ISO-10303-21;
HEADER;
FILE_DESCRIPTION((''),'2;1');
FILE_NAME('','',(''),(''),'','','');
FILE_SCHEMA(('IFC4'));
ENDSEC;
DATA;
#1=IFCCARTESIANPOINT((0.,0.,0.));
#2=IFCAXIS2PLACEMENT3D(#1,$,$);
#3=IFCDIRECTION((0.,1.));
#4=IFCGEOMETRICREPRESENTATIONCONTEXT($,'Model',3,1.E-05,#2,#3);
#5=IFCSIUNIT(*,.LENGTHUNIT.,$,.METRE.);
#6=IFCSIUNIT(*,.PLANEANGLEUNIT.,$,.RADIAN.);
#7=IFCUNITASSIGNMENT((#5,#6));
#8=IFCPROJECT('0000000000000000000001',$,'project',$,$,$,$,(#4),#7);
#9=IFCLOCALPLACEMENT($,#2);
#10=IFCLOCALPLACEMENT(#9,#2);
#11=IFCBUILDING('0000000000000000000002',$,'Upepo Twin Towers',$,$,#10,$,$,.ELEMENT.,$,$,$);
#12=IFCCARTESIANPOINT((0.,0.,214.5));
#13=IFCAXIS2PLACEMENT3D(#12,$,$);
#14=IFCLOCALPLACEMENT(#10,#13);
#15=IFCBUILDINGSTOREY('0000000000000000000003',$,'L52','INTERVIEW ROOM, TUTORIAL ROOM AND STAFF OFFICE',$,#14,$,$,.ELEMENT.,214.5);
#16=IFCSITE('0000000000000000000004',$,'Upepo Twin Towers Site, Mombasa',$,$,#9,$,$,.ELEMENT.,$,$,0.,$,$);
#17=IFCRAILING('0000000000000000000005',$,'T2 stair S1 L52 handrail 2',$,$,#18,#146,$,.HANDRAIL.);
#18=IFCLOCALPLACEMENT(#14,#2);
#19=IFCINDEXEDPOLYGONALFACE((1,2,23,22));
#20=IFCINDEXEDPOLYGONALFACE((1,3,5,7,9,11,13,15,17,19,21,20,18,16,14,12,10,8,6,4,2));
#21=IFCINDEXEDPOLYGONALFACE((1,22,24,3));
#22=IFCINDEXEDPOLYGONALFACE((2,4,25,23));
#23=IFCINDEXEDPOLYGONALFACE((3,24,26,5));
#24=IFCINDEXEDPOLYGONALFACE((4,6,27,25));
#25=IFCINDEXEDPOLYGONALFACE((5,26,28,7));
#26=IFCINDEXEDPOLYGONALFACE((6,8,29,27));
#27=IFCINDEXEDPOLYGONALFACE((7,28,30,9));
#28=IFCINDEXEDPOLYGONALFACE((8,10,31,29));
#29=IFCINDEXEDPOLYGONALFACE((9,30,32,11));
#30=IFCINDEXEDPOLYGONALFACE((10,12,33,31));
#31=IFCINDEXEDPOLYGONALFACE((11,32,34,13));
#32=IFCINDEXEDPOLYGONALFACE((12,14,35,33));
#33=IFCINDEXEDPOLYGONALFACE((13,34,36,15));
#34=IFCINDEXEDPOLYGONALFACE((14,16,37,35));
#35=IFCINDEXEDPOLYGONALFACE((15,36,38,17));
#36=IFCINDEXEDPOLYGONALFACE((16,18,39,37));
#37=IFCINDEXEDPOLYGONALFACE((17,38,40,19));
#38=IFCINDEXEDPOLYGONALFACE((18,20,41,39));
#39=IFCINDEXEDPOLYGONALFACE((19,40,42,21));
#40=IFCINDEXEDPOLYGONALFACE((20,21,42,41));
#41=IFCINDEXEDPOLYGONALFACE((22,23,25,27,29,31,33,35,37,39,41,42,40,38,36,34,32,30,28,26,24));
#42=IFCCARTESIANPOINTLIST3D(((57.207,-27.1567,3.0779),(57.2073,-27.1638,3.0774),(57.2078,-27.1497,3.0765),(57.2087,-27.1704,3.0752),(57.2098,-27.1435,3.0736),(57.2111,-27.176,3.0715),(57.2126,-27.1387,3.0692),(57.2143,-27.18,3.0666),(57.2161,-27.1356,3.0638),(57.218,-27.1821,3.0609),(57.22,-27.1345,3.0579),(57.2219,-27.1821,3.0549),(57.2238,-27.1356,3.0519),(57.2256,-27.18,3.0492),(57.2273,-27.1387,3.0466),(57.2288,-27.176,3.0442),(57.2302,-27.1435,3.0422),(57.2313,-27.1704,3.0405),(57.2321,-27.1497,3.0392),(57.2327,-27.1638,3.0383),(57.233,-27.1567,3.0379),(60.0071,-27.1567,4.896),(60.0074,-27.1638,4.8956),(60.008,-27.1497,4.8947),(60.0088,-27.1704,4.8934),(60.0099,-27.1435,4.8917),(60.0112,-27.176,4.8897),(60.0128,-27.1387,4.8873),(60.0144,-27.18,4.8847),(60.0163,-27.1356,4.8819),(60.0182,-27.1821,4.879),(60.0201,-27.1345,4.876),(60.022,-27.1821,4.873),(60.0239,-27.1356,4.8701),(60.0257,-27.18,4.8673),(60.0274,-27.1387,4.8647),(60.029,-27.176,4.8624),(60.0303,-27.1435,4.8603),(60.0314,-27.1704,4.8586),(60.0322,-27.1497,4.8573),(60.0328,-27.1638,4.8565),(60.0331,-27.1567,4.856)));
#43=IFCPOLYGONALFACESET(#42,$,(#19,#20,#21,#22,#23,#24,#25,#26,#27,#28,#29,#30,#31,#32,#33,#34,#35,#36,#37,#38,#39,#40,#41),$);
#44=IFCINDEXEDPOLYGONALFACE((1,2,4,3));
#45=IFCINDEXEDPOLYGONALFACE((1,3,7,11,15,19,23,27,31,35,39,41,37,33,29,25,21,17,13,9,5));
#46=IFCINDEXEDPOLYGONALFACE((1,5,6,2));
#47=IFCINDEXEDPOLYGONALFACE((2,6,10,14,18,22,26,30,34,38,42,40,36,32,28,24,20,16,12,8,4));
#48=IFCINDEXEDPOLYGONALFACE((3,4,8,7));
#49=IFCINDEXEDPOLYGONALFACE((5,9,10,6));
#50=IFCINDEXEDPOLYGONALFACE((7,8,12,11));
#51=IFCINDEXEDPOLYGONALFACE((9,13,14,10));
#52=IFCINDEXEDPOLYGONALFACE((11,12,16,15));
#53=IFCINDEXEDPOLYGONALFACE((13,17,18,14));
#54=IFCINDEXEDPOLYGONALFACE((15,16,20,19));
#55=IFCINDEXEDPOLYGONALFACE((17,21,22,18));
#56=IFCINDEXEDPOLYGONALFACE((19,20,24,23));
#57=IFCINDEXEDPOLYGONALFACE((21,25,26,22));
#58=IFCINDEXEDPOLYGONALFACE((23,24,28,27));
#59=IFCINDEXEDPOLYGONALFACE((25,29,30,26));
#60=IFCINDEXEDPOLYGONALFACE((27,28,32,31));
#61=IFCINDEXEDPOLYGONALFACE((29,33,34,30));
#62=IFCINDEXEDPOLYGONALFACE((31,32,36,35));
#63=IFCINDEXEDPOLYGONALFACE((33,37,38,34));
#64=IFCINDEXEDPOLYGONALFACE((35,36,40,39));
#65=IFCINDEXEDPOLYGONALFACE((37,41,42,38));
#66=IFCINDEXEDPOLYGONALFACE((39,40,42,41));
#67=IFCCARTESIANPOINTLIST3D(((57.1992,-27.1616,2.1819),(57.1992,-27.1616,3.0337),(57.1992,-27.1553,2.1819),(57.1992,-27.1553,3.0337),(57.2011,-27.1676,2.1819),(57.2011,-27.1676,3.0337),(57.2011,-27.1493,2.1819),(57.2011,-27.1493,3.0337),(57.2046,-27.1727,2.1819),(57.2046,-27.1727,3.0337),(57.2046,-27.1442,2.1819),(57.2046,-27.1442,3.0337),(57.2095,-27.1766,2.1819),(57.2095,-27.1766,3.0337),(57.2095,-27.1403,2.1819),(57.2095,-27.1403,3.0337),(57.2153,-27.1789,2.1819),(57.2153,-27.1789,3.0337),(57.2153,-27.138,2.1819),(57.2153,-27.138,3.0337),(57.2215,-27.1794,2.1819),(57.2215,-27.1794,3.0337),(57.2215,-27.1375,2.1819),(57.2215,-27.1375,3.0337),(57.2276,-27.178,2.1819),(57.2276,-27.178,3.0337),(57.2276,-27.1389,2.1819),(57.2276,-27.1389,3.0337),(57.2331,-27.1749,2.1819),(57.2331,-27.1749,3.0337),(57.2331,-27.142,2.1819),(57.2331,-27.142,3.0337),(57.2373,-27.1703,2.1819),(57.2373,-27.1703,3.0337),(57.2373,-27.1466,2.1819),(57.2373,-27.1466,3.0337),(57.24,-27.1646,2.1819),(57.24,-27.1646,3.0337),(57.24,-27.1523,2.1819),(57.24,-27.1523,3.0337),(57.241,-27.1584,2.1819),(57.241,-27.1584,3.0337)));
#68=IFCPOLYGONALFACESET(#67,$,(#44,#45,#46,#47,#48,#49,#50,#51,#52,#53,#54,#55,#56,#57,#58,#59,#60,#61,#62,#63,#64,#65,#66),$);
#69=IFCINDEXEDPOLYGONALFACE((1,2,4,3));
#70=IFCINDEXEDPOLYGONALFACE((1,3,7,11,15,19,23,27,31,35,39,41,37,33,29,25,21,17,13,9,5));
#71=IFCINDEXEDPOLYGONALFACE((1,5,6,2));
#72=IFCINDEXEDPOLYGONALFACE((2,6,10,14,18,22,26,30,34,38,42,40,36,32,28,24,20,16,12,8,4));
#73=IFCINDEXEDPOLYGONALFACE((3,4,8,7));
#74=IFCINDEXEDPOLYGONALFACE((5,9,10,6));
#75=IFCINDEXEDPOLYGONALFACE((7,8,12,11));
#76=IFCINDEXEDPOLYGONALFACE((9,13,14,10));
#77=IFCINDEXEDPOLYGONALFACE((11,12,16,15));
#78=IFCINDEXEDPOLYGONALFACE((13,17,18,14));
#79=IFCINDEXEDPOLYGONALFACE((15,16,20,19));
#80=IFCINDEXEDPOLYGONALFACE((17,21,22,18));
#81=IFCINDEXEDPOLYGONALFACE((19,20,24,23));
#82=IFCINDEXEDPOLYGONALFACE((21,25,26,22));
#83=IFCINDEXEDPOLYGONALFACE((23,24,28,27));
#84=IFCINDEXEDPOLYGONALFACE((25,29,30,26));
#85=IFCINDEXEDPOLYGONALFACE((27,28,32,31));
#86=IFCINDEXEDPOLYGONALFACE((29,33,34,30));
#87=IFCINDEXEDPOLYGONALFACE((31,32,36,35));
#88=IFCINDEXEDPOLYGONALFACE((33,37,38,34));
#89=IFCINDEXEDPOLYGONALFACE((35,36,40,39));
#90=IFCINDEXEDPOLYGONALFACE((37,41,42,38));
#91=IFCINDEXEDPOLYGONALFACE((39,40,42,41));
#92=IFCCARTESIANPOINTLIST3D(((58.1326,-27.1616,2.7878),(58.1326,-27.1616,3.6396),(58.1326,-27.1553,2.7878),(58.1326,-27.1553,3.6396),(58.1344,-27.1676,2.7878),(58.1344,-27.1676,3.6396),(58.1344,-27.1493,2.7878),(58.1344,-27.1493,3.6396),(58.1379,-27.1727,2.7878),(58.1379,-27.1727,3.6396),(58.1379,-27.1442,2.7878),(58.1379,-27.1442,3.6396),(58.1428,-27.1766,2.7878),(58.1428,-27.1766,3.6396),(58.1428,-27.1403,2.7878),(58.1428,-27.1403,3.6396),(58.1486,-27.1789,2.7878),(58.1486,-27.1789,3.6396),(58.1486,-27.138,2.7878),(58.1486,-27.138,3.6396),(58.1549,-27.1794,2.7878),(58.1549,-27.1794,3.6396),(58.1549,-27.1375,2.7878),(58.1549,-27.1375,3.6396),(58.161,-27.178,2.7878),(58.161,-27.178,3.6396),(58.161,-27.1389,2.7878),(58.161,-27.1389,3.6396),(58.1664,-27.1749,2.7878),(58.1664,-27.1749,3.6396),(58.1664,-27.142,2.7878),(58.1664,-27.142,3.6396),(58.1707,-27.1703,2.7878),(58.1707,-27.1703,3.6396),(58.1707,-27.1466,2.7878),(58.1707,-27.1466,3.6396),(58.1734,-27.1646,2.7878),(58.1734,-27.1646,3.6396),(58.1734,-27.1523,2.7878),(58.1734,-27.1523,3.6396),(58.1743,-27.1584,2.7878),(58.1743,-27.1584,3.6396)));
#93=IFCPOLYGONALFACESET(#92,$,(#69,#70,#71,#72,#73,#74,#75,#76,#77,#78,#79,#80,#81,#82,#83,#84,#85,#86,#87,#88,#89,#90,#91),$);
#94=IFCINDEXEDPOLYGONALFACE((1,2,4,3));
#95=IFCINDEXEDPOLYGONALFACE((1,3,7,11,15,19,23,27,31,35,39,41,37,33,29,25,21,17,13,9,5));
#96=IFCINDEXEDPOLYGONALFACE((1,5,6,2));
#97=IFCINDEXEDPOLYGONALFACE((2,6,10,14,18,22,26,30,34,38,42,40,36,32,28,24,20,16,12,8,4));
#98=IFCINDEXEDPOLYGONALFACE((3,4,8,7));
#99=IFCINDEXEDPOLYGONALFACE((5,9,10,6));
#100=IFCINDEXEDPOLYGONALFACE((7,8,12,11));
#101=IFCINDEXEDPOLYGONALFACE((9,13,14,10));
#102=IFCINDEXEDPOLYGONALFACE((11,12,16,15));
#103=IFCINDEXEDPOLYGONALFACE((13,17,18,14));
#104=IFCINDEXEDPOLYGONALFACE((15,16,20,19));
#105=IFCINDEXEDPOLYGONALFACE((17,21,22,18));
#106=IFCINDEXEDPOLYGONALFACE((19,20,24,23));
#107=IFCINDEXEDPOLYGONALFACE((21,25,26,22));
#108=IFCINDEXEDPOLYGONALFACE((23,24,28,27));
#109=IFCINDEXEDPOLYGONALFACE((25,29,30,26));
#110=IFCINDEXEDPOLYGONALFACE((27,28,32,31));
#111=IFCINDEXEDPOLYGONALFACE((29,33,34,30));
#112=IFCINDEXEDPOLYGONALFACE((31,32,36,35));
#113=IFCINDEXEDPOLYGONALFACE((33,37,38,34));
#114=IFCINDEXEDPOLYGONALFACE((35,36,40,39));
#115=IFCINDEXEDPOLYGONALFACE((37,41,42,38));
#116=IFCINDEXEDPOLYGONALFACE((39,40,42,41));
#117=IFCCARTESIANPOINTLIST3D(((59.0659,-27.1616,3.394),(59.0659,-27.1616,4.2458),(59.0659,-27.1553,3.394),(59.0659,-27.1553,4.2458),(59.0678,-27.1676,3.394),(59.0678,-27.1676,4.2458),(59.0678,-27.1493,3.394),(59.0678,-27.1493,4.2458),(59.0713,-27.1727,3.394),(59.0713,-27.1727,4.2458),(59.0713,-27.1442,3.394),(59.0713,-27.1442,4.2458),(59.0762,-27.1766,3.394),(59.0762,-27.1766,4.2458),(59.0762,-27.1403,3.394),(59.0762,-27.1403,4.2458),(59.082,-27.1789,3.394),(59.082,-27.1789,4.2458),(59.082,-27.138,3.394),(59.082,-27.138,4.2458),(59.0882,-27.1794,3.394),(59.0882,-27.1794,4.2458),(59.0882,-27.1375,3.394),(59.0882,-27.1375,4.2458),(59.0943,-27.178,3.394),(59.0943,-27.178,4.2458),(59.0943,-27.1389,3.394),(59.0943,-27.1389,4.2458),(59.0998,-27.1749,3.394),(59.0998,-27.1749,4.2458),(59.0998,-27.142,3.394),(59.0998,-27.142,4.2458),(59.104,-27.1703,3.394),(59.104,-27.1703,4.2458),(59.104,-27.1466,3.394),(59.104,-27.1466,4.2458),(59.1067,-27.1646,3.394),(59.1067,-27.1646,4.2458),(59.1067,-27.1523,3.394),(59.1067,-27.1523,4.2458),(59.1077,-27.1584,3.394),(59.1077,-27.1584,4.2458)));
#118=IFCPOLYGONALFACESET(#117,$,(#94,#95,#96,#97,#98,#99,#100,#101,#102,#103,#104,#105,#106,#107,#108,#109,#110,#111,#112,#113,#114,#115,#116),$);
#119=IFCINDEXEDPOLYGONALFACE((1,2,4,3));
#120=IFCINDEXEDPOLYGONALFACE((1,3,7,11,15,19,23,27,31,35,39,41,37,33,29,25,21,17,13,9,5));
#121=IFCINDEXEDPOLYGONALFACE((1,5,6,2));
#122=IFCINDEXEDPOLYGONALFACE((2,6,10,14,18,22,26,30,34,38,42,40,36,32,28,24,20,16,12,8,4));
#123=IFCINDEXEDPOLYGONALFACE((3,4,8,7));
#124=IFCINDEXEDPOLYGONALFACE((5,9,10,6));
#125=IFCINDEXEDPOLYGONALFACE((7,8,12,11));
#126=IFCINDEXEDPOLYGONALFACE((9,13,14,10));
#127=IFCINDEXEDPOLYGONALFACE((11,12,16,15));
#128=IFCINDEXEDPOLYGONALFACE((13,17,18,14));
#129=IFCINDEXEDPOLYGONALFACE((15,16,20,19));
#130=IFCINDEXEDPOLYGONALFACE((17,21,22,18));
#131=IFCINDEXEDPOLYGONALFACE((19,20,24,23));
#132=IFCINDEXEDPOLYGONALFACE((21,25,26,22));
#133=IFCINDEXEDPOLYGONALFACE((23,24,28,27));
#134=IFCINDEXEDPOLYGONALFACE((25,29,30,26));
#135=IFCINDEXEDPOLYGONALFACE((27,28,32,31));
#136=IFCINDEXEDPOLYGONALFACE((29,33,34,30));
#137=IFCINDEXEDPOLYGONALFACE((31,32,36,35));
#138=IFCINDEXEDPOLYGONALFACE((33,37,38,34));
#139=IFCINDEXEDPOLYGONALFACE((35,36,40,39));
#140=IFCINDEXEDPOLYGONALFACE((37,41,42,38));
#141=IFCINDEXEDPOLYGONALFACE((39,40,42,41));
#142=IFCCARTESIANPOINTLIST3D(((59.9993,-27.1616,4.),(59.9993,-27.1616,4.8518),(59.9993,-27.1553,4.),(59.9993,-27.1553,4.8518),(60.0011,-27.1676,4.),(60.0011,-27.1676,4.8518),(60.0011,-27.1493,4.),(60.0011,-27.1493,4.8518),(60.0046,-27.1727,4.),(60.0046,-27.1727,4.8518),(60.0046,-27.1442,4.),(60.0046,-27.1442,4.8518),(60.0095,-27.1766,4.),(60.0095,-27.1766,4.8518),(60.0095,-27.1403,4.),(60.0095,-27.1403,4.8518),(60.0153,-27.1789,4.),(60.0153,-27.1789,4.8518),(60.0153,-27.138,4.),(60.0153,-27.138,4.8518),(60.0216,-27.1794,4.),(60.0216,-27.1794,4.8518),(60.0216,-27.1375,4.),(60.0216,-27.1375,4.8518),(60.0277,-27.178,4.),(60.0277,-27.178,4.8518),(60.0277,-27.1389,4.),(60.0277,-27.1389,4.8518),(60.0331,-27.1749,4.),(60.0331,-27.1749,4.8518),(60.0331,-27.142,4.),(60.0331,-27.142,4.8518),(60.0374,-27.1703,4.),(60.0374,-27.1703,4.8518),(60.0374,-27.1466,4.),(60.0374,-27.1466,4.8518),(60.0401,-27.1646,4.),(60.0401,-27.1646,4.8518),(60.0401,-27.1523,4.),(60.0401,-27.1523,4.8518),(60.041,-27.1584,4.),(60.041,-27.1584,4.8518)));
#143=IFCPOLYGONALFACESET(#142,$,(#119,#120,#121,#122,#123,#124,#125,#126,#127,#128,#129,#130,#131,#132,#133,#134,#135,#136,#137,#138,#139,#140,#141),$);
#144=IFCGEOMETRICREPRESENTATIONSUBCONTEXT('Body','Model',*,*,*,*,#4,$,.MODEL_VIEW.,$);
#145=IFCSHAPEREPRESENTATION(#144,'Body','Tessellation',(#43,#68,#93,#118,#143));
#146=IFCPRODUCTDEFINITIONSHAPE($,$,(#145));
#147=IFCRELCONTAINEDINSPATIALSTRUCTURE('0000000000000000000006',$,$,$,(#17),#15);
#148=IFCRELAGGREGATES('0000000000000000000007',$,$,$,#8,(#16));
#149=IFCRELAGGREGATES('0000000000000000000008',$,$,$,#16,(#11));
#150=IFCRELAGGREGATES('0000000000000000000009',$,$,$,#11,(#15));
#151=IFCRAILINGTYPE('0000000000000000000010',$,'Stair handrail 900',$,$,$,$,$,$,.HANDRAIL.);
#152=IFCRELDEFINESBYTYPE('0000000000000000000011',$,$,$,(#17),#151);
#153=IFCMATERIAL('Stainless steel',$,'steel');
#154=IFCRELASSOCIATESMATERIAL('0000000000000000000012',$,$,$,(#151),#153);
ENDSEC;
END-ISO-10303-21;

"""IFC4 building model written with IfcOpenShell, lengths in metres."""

from ifc_helpers import new_model, si_unit, direction, frame, origin, origin_2d, place, context, subcontext, project, spatial, circle, extrude, material, type_object, element, save


model = new_model("IFC4")

# Units and contexts
model_context = context("Model", 3, precision=1e-05, world=origin(), true_north=direction((0.0, 1.0)))
body_context = subcontext(model_context, "Body", "Model", "MODEL_VIEW")
ifc_project = project(units=[si_unit("LENGTHUNIT", "METRE"), si_unit("PLANEANGLEUNIT", "RADIAN")], contexts=[model_context])

# Site, building, storey
site_placement = place(None, origin())
site = spatial("IfcSite", under=ifc_project, at=site_placement, Name="Upepo Twin Towers Site, Mombasa", CompositionType="ELEMENT", RefElevation=0.0)
building_placement = place(site_placement, origin())
building = spatial("IfcBuilding", under=site, at=building_placement, Name="Upepo Twin Towers", CompositionType="ELEMENT")
storey_placement = place(building_placement, frame((0.0, 0.0, 214.5)))
storey = spatial("IfcBuildingStorey", under=building, at=storey_placement, Name="L52", Description="INTERVIEW ROOM, TUTORIAL ROOM AND STAFF OFFICE", CompositionType="ELEMENT", Elevation=214.5)

# Railing
ifc_material_1 = material(Name="Stainless steel", Category="steel")
railing_type = type_object("IfcRailingType", Name="Stair handrail 900", PredefinedType="HANDRAIL", material=ifc_material_1)
railing_1_placement = place(storey_placement, frame((57.22, -27.1584, 2.1819)))
element("IfcRailing", 1, at=railing_1_placement, inside=storey, type_object=railing_type, Name="T2 stair S1 L52 handrail 2", PredefinedType="HANDRAIL", context=body_context, shape_type="SweptSolid", body=[
    extrude(circle(Radius=0.0239, at=origin_2d()), frame((0.0, 0.0, 0.876), z_axis=(0.838706, 0.0, 0.544585), x_axis=(0.0, 1.0, 0.0)), (0.0, 0.0, 1.0), 3.3386),
    extrude(circle(Radius=0.021, at=origin_2d()), origin(), (0.0, 0.0, 1.0), 0.8518),
    extrude(circle(Radius=0.021, at=origin_2d()), frame((0.9333, 0.0, 0.606)), (0.0, 0.0, 1.0), 0.8518),
    extrude(circle(Radius=0.021, at=origin_2d()), frame((1.8667, 0.0, 1.2122)), (0.0, 0.0, 1.0), 0.8518),
    extrude(circle(Radius=0.021, at=origin_2d()), frame((2.8, 0.0, 1.8181)), (0.0, 0.0, 1.0), 0.8518),
])

save(model, "model.ifc")
